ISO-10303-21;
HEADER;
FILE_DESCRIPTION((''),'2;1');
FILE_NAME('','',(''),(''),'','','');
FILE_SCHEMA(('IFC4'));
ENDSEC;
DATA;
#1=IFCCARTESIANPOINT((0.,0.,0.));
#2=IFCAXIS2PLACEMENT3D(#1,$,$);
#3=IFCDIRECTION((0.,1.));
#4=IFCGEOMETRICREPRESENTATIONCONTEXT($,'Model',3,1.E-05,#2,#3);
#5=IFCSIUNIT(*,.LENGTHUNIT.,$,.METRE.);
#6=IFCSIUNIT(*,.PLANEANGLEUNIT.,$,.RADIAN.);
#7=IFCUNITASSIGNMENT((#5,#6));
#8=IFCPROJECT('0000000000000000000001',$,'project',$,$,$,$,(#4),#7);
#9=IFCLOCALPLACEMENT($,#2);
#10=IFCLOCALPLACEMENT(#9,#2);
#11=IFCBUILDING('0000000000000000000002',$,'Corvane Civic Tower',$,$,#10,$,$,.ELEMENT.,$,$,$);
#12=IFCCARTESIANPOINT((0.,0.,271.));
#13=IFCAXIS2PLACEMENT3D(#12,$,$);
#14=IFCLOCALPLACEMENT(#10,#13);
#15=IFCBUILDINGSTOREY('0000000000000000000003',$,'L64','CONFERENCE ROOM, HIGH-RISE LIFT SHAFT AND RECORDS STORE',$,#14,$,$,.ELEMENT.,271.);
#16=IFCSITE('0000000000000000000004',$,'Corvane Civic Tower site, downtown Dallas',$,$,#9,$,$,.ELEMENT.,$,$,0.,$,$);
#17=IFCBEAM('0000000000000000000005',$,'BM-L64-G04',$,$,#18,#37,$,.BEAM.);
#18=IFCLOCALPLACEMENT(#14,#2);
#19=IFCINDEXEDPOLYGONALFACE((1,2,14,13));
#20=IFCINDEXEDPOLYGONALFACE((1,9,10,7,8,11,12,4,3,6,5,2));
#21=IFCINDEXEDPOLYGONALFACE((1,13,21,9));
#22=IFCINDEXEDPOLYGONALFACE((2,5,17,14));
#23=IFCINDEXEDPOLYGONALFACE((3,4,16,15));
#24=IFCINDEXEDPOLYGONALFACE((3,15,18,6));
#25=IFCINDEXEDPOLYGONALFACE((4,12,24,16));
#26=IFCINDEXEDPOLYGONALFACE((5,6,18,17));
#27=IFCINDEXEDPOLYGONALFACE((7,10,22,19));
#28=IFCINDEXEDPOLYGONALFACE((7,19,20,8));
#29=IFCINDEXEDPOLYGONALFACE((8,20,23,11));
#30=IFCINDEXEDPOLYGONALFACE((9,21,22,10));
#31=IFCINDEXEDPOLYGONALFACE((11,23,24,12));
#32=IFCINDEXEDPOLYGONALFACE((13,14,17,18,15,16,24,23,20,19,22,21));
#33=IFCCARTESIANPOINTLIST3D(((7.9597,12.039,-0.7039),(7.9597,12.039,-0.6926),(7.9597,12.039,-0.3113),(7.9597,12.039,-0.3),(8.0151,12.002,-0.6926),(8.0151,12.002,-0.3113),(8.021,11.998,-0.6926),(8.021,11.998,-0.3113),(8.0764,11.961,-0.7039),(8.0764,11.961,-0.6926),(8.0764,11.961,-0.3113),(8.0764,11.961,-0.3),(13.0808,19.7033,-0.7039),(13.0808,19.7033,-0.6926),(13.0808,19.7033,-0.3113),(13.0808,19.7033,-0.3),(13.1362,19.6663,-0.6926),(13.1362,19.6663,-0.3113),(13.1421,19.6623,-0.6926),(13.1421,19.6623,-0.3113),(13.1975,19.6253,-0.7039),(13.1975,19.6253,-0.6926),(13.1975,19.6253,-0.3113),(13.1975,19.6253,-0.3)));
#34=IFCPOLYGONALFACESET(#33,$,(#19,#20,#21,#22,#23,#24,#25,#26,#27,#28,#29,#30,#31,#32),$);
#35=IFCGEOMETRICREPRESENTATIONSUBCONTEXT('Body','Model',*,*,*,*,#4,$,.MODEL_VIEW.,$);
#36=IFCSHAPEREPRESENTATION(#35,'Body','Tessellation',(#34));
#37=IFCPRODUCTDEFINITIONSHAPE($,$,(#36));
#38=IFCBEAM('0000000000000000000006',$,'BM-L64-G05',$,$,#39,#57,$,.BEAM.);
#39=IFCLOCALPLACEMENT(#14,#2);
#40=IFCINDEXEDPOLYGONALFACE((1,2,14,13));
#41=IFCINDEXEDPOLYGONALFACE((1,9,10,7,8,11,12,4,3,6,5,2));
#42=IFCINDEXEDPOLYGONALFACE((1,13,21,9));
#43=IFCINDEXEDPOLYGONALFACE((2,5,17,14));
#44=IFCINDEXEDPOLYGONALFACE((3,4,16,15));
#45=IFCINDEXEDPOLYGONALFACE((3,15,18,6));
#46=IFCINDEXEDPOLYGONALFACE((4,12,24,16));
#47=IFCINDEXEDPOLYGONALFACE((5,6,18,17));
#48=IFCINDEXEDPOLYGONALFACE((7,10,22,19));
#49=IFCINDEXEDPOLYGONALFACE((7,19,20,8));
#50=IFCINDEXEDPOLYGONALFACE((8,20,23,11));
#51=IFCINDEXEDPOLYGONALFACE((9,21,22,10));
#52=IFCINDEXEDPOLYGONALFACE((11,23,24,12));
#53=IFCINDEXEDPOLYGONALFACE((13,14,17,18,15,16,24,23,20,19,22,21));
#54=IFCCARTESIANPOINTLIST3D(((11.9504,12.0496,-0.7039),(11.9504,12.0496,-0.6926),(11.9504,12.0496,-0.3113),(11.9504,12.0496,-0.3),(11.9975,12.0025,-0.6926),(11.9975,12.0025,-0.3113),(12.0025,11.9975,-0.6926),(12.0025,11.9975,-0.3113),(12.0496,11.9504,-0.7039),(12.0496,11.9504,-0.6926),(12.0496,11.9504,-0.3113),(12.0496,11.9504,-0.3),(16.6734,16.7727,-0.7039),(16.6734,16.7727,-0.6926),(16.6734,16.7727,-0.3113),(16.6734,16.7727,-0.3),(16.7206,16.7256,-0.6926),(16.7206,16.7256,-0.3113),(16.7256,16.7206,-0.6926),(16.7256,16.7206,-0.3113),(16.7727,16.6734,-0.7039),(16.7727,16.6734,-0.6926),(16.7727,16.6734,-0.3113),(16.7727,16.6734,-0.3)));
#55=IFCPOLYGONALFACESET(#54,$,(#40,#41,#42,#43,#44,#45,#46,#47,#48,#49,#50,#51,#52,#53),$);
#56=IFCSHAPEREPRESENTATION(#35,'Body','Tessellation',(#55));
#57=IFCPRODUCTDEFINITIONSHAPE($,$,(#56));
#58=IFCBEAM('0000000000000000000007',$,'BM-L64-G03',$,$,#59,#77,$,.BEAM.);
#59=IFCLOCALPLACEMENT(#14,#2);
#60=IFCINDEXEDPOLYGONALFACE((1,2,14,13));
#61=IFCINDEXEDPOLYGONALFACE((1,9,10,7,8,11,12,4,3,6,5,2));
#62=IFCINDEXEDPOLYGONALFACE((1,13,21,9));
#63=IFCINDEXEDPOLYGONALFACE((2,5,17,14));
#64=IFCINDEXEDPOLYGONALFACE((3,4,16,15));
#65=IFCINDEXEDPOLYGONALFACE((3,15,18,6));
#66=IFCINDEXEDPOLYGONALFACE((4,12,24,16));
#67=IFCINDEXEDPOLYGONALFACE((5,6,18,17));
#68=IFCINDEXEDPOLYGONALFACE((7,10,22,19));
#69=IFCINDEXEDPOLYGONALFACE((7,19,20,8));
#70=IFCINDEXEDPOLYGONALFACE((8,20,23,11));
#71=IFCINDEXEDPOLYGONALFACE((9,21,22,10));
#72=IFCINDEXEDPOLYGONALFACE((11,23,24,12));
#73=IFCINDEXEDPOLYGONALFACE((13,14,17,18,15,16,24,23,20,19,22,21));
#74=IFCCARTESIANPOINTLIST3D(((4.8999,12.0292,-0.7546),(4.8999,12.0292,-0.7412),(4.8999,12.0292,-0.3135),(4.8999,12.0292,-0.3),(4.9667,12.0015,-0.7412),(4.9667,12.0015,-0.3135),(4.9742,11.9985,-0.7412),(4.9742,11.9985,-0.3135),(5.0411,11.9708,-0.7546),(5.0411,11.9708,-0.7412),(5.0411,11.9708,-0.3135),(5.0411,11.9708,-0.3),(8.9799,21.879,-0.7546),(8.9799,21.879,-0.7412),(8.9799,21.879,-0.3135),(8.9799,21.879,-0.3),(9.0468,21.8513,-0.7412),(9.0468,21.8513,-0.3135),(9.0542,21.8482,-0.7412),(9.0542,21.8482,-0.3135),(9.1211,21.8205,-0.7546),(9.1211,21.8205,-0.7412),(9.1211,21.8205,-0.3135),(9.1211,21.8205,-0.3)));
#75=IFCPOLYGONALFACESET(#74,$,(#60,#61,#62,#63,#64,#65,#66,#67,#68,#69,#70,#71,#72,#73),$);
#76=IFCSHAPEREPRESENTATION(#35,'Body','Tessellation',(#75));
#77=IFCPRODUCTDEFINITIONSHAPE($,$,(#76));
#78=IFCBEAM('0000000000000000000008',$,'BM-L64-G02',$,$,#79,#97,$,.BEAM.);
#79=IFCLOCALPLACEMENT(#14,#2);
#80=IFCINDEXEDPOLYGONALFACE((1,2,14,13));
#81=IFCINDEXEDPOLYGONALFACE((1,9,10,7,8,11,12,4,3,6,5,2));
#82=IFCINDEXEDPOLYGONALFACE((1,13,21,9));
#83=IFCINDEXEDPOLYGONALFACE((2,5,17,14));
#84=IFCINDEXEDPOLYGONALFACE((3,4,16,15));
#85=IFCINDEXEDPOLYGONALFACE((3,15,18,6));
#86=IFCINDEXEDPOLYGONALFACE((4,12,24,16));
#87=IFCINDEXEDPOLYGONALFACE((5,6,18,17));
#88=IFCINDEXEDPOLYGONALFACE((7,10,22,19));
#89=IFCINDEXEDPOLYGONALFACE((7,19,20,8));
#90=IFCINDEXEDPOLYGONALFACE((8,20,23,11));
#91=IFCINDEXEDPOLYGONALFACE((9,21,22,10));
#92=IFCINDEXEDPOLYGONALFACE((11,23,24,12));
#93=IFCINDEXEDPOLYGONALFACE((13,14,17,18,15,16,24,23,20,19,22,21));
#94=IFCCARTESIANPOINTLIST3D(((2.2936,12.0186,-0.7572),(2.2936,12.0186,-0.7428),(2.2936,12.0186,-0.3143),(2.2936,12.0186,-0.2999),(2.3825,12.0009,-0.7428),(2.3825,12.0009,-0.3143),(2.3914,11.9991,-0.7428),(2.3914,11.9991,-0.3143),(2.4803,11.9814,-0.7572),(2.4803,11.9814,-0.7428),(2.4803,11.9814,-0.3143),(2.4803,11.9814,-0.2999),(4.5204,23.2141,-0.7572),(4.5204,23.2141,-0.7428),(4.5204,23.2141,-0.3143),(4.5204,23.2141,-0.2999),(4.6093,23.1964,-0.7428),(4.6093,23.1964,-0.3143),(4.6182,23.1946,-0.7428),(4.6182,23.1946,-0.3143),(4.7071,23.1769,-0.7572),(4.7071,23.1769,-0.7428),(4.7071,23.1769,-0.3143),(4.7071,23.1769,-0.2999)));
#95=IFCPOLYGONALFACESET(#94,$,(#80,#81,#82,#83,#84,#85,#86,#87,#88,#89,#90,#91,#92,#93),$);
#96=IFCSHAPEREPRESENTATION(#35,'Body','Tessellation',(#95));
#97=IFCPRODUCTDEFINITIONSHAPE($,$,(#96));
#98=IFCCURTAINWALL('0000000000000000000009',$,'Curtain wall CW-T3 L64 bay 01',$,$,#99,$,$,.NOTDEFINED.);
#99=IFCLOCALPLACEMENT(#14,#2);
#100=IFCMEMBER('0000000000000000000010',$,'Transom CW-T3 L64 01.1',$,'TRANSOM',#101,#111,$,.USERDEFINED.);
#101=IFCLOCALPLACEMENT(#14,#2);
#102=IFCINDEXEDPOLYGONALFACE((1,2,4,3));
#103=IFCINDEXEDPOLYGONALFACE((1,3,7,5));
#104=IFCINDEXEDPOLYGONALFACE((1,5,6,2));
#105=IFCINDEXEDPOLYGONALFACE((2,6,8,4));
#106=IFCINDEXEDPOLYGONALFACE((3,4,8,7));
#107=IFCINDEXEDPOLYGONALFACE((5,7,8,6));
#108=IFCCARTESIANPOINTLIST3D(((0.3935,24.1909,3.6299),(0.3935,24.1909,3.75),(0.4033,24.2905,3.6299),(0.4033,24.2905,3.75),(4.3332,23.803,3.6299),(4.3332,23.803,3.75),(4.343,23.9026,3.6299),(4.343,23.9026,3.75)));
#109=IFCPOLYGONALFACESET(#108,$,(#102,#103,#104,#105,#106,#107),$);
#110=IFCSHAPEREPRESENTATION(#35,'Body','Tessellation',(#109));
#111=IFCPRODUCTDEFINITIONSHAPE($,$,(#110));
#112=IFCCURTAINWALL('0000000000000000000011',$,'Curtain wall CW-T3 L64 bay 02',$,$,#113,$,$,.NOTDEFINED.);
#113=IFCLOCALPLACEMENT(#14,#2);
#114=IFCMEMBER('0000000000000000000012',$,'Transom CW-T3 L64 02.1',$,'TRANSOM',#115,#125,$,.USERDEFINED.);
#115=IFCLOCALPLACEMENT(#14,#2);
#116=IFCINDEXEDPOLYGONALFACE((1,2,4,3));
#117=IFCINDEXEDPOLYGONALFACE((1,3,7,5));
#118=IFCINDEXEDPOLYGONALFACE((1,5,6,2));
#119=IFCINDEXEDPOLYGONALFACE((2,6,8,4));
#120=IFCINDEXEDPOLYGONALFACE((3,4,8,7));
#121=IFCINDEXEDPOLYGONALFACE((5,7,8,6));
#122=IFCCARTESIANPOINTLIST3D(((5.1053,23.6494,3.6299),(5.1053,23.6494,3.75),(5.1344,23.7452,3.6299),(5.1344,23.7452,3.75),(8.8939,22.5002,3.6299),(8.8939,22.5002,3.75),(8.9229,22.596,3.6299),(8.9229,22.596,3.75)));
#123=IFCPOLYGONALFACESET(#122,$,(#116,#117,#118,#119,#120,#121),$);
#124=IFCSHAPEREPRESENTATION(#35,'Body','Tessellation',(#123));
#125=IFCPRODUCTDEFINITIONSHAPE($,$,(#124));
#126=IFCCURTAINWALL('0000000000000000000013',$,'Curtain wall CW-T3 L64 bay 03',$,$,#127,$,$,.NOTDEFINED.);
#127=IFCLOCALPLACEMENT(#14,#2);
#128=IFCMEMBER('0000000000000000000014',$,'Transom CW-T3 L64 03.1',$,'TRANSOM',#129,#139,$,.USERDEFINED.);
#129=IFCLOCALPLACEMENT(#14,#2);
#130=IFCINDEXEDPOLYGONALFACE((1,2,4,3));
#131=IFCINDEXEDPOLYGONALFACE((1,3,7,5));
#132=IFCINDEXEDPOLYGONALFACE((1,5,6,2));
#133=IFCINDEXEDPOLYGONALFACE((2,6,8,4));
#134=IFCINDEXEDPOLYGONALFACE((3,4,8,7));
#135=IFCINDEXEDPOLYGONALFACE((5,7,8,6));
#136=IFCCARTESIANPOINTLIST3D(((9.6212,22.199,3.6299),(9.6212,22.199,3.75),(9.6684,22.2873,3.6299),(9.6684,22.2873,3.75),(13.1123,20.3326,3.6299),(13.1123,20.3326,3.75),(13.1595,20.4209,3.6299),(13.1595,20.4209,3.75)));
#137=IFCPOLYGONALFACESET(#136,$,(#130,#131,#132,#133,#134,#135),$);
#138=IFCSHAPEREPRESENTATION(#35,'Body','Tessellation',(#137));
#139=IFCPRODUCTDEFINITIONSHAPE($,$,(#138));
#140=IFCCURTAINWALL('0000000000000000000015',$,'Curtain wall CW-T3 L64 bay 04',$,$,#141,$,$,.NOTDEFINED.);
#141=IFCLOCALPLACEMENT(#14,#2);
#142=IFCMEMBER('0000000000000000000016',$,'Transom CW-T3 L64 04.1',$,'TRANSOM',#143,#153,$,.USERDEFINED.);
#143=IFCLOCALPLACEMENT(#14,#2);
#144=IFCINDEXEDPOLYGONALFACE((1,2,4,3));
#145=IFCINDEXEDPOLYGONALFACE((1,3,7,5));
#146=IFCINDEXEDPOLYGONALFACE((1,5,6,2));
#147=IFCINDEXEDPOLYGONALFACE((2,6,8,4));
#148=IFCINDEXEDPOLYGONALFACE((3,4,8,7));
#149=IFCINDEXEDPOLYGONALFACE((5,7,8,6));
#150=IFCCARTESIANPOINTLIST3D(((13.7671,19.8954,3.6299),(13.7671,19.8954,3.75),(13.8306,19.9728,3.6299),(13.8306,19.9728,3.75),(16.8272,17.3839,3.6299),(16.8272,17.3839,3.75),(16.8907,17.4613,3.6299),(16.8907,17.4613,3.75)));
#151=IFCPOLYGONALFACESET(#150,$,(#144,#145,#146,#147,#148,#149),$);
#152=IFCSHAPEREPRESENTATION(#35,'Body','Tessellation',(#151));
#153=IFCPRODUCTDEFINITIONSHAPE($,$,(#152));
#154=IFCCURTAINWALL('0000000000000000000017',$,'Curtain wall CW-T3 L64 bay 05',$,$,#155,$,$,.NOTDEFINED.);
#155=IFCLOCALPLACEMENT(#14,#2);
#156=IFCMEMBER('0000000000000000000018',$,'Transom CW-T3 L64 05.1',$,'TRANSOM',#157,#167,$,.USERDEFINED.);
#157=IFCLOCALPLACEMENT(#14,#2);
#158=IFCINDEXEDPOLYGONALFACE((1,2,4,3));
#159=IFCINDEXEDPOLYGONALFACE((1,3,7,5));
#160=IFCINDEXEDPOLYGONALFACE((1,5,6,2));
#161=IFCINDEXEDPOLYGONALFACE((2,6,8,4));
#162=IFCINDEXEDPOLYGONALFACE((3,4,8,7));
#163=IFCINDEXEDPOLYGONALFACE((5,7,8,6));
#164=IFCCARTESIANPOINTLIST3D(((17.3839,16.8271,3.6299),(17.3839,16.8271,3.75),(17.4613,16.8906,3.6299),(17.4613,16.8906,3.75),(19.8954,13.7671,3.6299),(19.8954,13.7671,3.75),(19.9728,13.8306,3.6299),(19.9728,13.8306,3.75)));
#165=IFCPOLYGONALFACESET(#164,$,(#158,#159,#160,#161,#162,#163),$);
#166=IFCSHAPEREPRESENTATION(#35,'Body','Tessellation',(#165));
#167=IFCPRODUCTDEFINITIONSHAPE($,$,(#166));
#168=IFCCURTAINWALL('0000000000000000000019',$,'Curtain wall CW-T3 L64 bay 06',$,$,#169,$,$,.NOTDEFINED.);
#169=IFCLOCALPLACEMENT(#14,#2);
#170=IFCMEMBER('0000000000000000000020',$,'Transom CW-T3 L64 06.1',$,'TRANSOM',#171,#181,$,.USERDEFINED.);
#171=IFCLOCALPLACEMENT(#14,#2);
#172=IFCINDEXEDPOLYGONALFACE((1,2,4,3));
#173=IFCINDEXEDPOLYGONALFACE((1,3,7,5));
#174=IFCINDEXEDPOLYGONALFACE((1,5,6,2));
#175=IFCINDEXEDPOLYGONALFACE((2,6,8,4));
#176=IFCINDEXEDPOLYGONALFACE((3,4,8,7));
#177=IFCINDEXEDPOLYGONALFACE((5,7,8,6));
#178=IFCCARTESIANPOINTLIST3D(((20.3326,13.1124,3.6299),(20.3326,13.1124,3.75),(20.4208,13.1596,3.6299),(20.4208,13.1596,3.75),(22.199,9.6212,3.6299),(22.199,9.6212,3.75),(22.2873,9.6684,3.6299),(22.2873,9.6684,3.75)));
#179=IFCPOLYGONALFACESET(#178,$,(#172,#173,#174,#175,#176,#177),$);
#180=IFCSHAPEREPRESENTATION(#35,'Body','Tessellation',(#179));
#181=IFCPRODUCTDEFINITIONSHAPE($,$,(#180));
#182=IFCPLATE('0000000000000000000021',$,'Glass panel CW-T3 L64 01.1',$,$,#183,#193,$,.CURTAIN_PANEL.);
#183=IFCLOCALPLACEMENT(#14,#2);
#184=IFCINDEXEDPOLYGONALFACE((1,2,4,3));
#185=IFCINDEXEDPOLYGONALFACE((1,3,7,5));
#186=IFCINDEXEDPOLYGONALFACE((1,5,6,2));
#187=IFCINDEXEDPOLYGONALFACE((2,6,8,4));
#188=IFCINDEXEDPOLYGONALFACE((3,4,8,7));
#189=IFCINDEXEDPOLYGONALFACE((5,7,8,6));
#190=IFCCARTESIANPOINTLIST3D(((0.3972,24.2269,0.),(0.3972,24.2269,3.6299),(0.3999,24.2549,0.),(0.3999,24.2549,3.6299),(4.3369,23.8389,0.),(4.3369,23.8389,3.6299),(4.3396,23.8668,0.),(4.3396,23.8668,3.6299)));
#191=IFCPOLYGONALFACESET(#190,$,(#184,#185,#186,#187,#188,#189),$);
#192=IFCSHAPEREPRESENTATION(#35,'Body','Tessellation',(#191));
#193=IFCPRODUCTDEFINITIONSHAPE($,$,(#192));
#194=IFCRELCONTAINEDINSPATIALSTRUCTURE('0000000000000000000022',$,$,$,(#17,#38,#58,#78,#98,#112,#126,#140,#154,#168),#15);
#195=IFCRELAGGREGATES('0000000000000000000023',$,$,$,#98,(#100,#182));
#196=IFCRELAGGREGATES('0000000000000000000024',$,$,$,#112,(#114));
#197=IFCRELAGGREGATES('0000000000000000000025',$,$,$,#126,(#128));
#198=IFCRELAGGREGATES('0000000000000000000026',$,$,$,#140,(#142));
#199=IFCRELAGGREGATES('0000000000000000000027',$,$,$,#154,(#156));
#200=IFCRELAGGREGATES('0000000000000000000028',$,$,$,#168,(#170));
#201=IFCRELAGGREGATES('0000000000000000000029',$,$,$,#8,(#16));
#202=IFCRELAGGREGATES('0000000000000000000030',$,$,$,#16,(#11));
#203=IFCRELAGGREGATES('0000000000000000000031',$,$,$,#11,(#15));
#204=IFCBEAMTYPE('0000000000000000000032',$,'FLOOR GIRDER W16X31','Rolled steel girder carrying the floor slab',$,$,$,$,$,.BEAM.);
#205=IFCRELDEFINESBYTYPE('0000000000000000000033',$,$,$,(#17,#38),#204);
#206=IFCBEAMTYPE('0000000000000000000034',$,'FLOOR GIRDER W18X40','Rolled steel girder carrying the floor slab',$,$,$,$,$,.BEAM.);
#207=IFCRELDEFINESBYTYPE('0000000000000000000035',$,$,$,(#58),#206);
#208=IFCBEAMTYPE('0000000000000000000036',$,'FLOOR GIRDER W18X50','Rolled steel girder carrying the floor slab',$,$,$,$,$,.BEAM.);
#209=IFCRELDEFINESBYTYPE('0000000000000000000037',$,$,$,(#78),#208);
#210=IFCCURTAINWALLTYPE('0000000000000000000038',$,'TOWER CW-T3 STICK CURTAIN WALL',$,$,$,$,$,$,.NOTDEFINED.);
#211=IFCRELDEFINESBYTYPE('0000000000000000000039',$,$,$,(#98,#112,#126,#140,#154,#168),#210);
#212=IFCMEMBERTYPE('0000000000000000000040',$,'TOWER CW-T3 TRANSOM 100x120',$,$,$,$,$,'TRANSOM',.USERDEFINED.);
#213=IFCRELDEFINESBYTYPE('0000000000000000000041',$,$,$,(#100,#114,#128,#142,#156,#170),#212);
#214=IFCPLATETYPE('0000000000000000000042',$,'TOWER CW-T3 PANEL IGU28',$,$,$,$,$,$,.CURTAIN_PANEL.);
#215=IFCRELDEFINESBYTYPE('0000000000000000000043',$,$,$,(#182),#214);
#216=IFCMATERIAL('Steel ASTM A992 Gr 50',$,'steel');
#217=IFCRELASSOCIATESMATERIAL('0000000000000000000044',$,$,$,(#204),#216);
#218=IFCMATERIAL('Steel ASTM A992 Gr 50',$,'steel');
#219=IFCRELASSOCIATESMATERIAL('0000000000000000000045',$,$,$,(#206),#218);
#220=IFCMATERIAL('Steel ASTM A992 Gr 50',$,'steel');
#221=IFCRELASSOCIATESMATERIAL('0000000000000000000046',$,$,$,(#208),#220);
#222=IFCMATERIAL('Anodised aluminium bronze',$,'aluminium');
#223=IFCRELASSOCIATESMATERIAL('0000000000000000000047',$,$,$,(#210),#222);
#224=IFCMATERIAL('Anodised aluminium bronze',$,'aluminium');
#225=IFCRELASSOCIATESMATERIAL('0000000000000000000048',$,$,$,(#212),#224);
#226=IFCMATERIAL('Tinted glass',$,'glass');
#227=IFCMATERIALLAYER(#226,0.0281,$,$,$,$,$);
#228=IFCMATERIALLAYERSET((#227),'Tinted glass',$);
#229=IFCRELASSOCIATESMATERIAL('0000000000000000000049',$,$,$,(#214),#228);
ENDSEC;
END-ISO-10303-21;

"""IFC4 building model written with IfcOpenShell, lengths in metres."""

from ifc_helpers import new_model, si_unit, direction, frame, origin, origin_2d, place, context, subcontext, project, spatial, rectangle, i_section, extrude, material, layer, layer_set, material_profile, profile_set, type_object, element, aggregate, save


model = new_model("IFC4")

# Units and contexts
model_context = context("Model", 3, precision=1e-05, world=origin(), true_north=direction((0.0, 1.0)))
body_context = subcontext(model_context, "Body", "Model", "MODEL_VIEW")
ifc_project = project(units=[si_unit("LENGTHUNIT", "METRE"), si_unit("PLANEANGLEUNIT", "RADIAN")], contexts=[model_context])

# Site, building, storey
site_placement = place(None, origin())
site = spatial("IfcSite", under=ifc_project, at=site_placement, Name="Corvane Civic Tower site, downtown Dallas", CompositionType="ELEMENT", RefElevation=0.0)
building_placement = place(site_placement, origin())
building = spatial("IfcBuilding", under=site, at=building_placement, Name="Corvane Civic Tower", CompositionType="ELEMENT")
storey_placement = place(building_placement, frame((0.0, 0.0, 271.0)))
storey = spatial("IfcBuildingStorey", under=building, at=storey_placement, Name="L64", Description="CONFERENCE ROOM, HIGH-RISE LIFT SHAFT AND RECORDS STORE", CompositionType="ELEMENT", Elevation=271.0)

# Beams
ifc_material_1 = material(Name="Steel ASTM A992 Gr 50", Category="steel")
ifc_material_profile_1 = material_profile(ifc_material_1, i_section(OverallWidth=0.1404, OverallDepth=0.4038, WebThickness=0.0071, FlangeThickness=0.0112, at=origin_2d()), Name="W16X31")
ifc_profile_set_1 = profile_set([ifc_material_profile_1], Name="Steel ASTM A992 Gr 50")
beam_type_1 = type_object("IfcBeamType", Name="FLOOR GIRDER W16X31", Description="Rolled steel girder carrying the floor slab", PredefinedType="BEAM", material=ifc_profile_set_1)
beam_1_placement = place(storey_placement, frame((8.0181, 12.0, -0.502), z_axis=(0.555568, 0.831471, 0.0), x_axis=(-0.831471, 0.555568, 0.0)))
element("IfcBeam", 1, at=beam_1_placement, inside=storey, type_object=beam_type_1, Name="BM-L64-G04", PredefinedType="BEAM", context=body_context, shape_type="SweptSolid", body=[
    extrude(i_section(OverallWidth=0.1404, OverallDepth=0.4038, WebThickness=0.0071, FlangeThickness=0.0112, at=origin_2d()), origin(), (0.0, 0.0, 1.0), 9.2178),
])
beam_2_placement = place(storey_placement, frame((12.0, 12.0, -0.502), z_axis=(0.707107, 0.707107, 0.0), x_axis=(-0.707107, 0.707107, 0.0)))
element("IfcBeam", 2, at=beam_2_placement, inside=storey, type_object=beam_type_1, Name="BM-L64-G05", PredefinedType="BEAM", context=body_context, shape_type="SweptSolid", body=[
    extrude(i_section(OverallWidth=0.1404, OverallDepth=0.4038, WebThickness=0.0071, FlangeThickness=0.0112, at=origin_2d()), origin(), (0.0, 0.0, 1.0), 6.6794),
])
ifc_material_2 = material(Name="Steel ASTM A992 Gr 50", Category="steel")
ifc_material_profile_2 = material_profile(ifc_material_2, i_section(OverallWidth=0.1528, OverallDepth=0.4546, WebThickness=0.0081, FlangeThickness=0.0134, at=origin_2d()), Name="W18X40")
ifc_profile_set_2 = profile_set([ifc_material_profile_2], Name="Steel ASTM A992 Gr 50")
beam_type_2 = type_object("IfcBeamType", Name="FLOOR GIRDER W18X40", Description="Rolled steel girder carrying the floor slab", PredefinedType="BEAM", material=ifc_profile_set_2)
beam_3_placement = place(storey_placement, frame((4.9705, 12.0, -0.5273), z_axis=(0.382694, 0.923875, 0.0), x_axis=(-0.923875, 0.382694, 0.0)))
element("IfcBeam", 3, at=beam_3_placement, inside=storey, type_object=beam_type_2, Name="BM-L64-G03", PredefinedType="BEAM", context=body_context, shape_type="SweptSolid", body=[
    extrude(i_section(OverallWidth=0.1528, OverallDepth=0.4546, WebThickness=0.0081, FlangeThickness=0.0134, at=origin_2d()), origin(), (0.0, 0.0, 1.0), 10.6614),
])
ifc_material_3 = material(Name="Steel ASTM A992 Gr 50", Category="steel")
ifc_material_profile_3 = material_profile(ifc_material_3, i_section(OverallWidth=0.1904, OverallDepth=0.4573, WebThickness=0.009, FlangeThickness=0.0144, at=origin_2d()), Name="W18X50")
ifc_profile_set_3 = profile_set([ifc_material_profile_3], Name="Steel ASTM A992 Gr 50")
beam_type_3 = type_object("IfcBeamType", Name="FLOOR GIRDER W18X50", Description="Rolled steel girder carrying the floor slab", PredefinedType="BEAM", material=ifc_profile_set_3)
beam_4_placement = place(storey_placement, frame((2.387, 12.0, -0.5286), z_axis=(0.19508, 0.980787, 0.0), x_axis=(-0.980787, 0.19508, 0.0)))
element("IfcBeam", 4, at=beam_4_placement, inside=storey, type_object=beam_type_3, Name="BM-L64-G02", PredefinedType="BEAM", context=body_context, shape_type="SweptSolid", body=[
    extrude(i_section(OverallWidth=0.1904, OverallDepth=0.4573, WebThickness=0.009, FlangeThickness=0.0144, at=origin_2d()), origin(), (0.0, 0.0, 1.0), 11.4148),
])

# Curtain walls, members
ifc_material_4 = material(Name="Anodised aluminium bronze", Category="aluminium")
curtain_wall_type = type_object("IfcCurtainWallType", Name="TOWER CW-T3 STICK CURTAIN WALL", PredefinedType="NOTDEFINED", material=ifc_material_4)
curtain_wall_1_placement = place(storey_placement, origin())
curtain_wall_1 = element("IfcCurtainWall", 5, at=curtain_wall_1_placement, inside=storey, type_object=curtain_wall_type, Name="Curtain wall CW-T3 L64 bay 01", PredefinedType="NOTDEFINED")
ifc_material_5 = material(Name="Anodised aluminium bronze", Category="aluminium")
ifc_material_profile_4 = material_profile(ifc_material_5, rectangle(XDim=0.1001, YDim=0.1201, at=origin_2d()), Name="TOWER CW-T3 TRANSOM 100x120")
ifc_profile_set_4 = profile_set([ifc_material_profile_4], Name="Anodised aluminium bronze")
member_type = type_object("IfcMemberType", Name="TOWER CW-T3 TRANSOM 100x120", ElementType="TRANSOM", PredefinedType="USERDEFINED", material=ifc_profile_set_4)
member_1_placement = place(storey_placement, frame((0.3984, 24.2407, 3.6899), z_axis=(0.995187, -0.097995, 0.0), x_axis=(0.097995, 0.995187, 0.0)))
member_1 = element("IfcMember", 6, at=member_1_placement, type_object=member_type, Name="Transom CW-T3 L64 01.1", ObjectType="TRANSOM", PredefinedType="USERDEFINED", context=body_context, shape_type="SweptSolid", body=[
    extrude(rectangle(XDim=0.1001, YDim=0.1201, at=origin_2d()), origin(), (0.0, 0.0, 1.0), 3.9587),
])
curtain_wall_2_placement = place(storey_placement, origin())
curtain_wall_2 = element("IfcCurtainWall", 7, at=curtain_wall_2_placement, inside=storey, type_object=curtain_wall_type, Name="Curtain wall CW-T3 L64 bay 02", PredefinedType="NOTDEFINED")
member_2_placement = place(storey_placement, frame((5.1199, 23.6973, 3.6899), z_axis=(0.956946, -0.290266, 0.0), x_axis=(0.290266, 0.956946, 0.0)))
member_2 = element("IfcMember", 8, at=member_2_placement, type_object=member_type, Name="Transom CW-T3 L64 02.1", ObjectType="TRANSOM", PredefinedType="USERDEFINED", context=body_context, shape_type="SweptSolid", body=[
    extrude(rectangle(XDim=0.1001, YDim=0.1201, at=origin_2d()), origin(), (0.0, 0.0, 1.0), 3.959),
])
curtain_wall_3_placement = place(storey_placement, origin())
curtain_wall_3 = element("IfcCurtainWall", 9, at=curtain_wall_3_placement, inside=storey, type_object=curtain_wall_type, Name="Curtain wall CW-T3 L64 bay 03", PredefinedType="NOTDEFINED")
member_3_placement = place(storey_placement, frame((9.6448, 22.2432, 3.6899), z_axis=(0.881883, -0.471468, 0.0), x_axis=(0.471468, 0.881883, 0.0)))
member_3 = element("IfcMember", 10, at=member_3_placement, type_object=member_type, Name="Transom CW-T3 L64 03.1", ObjectType="TRANSOM", PredefinedType="USERDEFINED", context=body_context, shape_type="SweptSolid", body=[
    extrude(rectangle(XDim=0.1001, YDim=0.1201, at=origin_2d()), origin(), (0.0, 0.0, 1.0), 3.9587),
])
curtain_wall_4_placement = place(storey_placement, origin())
curtain_wall_4 = element("IfcCurtainWall", 11, at=curtain_wall_4_placement, inside=storey, type_object=curtain_wall_type, Name="Curtain wall CW-T3 L64 bay 04", PredefinedType="NOTDEFINED")
member_4_placement = place(storey_placement, frame((13.7988, 19.9341, 3.6899), z_axis=(0.772992, -0.634416, 0.0), x_axis=(0.634416, 0.772992, 0.0)))
member_4 = element("IfcMember", 12, at=member_4_placement, type_object=member_type, Name="Transom CW-T3 L64 04.1", ObjectType="TRANSOM", PredefinedType="USERDEFINED", context=body_context, shape_type="SweptSolid", body=[
    extrude(rectangle(XDim=0.1001, YDim=0.1201, at=origin_2d()), origin(), (0.0, 0.0, 1.0), 3.9587),
])
curtain_wall_5_placement = place(storey_placement, origin())
curtain_wall_5 = element("IfcCurtainWall", 13, at=curtain_wall_5_placement, inside=storey, type_object=curtain_wall_type, Name="Curtain wall CW-T3 L64 bay 05", PredefinedType="NOTDEFINED")
member_5_placement = place(storey_placement, frame((17.4226, 16.8589, 3.6899), z_axis=(0.634416, -0.772992, 0.0), x_axis=(0.772992, 0.634416, 0.0)))
member_5 = element("IfcMember", 14, at=member_5_placement, type_object=member_type, Name="Transom CW-T3 L64 05.1", ObjectType="TRANSOM", PredefinedType="USERDEFINED", context=body_context, shape_type="SweptSolid", body=[
    extrude(rectangle(XDim=0.1001, YDim=0.1201, at=origin_2d()), origin(), (0.0, 0.0, 1.0), 3.9587),
])
curtain_wall_6_placement = place(storey_placement, origin())
curtain_wall_6 = element("IfcCurtainWall", 15, at=curtain_wall_6_placement, inside=storey, type_object=curtain_wall_type, Name="Curtain wall CW-T3 L64 bay 06", PredefinedType="NOTDEFINED")
member_6_placement = place(storey_placement, frame((20.3767, 13.136, 3.6899), z_axis=(0.471468, -0.881883, 0.0), x_axis=(0.881883, 0.471468, 0.0)))
member_6 = element("IfcMember", 16, at=member_6_placement, type_object=member_type, Name="Transom CW-T3 L64 06.1", ObjectType="TRANSOM", PredefinedType="USERDEFINED", context=body_context, shape_type="SweptSolid", body=[
    extrude(rectangle(XDim=0.1001, YDim=0.1201, at=origin_2d()), origin(), (0.0, 0.0, 1.0), 3.9587),
])

# Plate
ifc_material_6 = material(Name="Tinted glass", Category="glass")
ifc_layer_1 = layer(ifc_material_6, 0.0281)
ifc_layer_set_1 = layer_set([ifc_layer_1], Name="Tinted glass")
plate_type = type_object("IfcPlateType", Name="TOWER CW-T3 PANEL IGU28", PredefinedType="CURTAIN_PANEL", material=ifc_layer_set_1)
plate_1_placement = place(storey_placement, frame((2.3684, 24.0469, 0.0), z_axis=(0.0, 0.0, 1.0), x_axis=(0.995184, -0.098021, 0.0)))
plate_1 = element("IfcPlate", 17, at=plate_1_placement, type_object=plate_type, Name="Glass panel CW-T3 L64 01.1", PredefinedType="CURTAIN_PANEL", context=body_context, shape_type="SweptSolid", body=[
    extrude(rectangle(XDim=3.9587, YDim=0.0281, at=origin_2d()), origin(), (0.0, 0.0, 1.0), 3.6299),
])
aggregate(curtain_wall_1, [member_1, plate_1])
aggregate(curtain_wall_2, [member_2])
aggregate(curtain_wall_3, [member_3])
aggregate(curtain_wall_4, [member_4])
aggregate(curtain_wall_5, [member_5])
aggregate(curtain_wall_6, [member_6])

save(model, "model.ifc")
